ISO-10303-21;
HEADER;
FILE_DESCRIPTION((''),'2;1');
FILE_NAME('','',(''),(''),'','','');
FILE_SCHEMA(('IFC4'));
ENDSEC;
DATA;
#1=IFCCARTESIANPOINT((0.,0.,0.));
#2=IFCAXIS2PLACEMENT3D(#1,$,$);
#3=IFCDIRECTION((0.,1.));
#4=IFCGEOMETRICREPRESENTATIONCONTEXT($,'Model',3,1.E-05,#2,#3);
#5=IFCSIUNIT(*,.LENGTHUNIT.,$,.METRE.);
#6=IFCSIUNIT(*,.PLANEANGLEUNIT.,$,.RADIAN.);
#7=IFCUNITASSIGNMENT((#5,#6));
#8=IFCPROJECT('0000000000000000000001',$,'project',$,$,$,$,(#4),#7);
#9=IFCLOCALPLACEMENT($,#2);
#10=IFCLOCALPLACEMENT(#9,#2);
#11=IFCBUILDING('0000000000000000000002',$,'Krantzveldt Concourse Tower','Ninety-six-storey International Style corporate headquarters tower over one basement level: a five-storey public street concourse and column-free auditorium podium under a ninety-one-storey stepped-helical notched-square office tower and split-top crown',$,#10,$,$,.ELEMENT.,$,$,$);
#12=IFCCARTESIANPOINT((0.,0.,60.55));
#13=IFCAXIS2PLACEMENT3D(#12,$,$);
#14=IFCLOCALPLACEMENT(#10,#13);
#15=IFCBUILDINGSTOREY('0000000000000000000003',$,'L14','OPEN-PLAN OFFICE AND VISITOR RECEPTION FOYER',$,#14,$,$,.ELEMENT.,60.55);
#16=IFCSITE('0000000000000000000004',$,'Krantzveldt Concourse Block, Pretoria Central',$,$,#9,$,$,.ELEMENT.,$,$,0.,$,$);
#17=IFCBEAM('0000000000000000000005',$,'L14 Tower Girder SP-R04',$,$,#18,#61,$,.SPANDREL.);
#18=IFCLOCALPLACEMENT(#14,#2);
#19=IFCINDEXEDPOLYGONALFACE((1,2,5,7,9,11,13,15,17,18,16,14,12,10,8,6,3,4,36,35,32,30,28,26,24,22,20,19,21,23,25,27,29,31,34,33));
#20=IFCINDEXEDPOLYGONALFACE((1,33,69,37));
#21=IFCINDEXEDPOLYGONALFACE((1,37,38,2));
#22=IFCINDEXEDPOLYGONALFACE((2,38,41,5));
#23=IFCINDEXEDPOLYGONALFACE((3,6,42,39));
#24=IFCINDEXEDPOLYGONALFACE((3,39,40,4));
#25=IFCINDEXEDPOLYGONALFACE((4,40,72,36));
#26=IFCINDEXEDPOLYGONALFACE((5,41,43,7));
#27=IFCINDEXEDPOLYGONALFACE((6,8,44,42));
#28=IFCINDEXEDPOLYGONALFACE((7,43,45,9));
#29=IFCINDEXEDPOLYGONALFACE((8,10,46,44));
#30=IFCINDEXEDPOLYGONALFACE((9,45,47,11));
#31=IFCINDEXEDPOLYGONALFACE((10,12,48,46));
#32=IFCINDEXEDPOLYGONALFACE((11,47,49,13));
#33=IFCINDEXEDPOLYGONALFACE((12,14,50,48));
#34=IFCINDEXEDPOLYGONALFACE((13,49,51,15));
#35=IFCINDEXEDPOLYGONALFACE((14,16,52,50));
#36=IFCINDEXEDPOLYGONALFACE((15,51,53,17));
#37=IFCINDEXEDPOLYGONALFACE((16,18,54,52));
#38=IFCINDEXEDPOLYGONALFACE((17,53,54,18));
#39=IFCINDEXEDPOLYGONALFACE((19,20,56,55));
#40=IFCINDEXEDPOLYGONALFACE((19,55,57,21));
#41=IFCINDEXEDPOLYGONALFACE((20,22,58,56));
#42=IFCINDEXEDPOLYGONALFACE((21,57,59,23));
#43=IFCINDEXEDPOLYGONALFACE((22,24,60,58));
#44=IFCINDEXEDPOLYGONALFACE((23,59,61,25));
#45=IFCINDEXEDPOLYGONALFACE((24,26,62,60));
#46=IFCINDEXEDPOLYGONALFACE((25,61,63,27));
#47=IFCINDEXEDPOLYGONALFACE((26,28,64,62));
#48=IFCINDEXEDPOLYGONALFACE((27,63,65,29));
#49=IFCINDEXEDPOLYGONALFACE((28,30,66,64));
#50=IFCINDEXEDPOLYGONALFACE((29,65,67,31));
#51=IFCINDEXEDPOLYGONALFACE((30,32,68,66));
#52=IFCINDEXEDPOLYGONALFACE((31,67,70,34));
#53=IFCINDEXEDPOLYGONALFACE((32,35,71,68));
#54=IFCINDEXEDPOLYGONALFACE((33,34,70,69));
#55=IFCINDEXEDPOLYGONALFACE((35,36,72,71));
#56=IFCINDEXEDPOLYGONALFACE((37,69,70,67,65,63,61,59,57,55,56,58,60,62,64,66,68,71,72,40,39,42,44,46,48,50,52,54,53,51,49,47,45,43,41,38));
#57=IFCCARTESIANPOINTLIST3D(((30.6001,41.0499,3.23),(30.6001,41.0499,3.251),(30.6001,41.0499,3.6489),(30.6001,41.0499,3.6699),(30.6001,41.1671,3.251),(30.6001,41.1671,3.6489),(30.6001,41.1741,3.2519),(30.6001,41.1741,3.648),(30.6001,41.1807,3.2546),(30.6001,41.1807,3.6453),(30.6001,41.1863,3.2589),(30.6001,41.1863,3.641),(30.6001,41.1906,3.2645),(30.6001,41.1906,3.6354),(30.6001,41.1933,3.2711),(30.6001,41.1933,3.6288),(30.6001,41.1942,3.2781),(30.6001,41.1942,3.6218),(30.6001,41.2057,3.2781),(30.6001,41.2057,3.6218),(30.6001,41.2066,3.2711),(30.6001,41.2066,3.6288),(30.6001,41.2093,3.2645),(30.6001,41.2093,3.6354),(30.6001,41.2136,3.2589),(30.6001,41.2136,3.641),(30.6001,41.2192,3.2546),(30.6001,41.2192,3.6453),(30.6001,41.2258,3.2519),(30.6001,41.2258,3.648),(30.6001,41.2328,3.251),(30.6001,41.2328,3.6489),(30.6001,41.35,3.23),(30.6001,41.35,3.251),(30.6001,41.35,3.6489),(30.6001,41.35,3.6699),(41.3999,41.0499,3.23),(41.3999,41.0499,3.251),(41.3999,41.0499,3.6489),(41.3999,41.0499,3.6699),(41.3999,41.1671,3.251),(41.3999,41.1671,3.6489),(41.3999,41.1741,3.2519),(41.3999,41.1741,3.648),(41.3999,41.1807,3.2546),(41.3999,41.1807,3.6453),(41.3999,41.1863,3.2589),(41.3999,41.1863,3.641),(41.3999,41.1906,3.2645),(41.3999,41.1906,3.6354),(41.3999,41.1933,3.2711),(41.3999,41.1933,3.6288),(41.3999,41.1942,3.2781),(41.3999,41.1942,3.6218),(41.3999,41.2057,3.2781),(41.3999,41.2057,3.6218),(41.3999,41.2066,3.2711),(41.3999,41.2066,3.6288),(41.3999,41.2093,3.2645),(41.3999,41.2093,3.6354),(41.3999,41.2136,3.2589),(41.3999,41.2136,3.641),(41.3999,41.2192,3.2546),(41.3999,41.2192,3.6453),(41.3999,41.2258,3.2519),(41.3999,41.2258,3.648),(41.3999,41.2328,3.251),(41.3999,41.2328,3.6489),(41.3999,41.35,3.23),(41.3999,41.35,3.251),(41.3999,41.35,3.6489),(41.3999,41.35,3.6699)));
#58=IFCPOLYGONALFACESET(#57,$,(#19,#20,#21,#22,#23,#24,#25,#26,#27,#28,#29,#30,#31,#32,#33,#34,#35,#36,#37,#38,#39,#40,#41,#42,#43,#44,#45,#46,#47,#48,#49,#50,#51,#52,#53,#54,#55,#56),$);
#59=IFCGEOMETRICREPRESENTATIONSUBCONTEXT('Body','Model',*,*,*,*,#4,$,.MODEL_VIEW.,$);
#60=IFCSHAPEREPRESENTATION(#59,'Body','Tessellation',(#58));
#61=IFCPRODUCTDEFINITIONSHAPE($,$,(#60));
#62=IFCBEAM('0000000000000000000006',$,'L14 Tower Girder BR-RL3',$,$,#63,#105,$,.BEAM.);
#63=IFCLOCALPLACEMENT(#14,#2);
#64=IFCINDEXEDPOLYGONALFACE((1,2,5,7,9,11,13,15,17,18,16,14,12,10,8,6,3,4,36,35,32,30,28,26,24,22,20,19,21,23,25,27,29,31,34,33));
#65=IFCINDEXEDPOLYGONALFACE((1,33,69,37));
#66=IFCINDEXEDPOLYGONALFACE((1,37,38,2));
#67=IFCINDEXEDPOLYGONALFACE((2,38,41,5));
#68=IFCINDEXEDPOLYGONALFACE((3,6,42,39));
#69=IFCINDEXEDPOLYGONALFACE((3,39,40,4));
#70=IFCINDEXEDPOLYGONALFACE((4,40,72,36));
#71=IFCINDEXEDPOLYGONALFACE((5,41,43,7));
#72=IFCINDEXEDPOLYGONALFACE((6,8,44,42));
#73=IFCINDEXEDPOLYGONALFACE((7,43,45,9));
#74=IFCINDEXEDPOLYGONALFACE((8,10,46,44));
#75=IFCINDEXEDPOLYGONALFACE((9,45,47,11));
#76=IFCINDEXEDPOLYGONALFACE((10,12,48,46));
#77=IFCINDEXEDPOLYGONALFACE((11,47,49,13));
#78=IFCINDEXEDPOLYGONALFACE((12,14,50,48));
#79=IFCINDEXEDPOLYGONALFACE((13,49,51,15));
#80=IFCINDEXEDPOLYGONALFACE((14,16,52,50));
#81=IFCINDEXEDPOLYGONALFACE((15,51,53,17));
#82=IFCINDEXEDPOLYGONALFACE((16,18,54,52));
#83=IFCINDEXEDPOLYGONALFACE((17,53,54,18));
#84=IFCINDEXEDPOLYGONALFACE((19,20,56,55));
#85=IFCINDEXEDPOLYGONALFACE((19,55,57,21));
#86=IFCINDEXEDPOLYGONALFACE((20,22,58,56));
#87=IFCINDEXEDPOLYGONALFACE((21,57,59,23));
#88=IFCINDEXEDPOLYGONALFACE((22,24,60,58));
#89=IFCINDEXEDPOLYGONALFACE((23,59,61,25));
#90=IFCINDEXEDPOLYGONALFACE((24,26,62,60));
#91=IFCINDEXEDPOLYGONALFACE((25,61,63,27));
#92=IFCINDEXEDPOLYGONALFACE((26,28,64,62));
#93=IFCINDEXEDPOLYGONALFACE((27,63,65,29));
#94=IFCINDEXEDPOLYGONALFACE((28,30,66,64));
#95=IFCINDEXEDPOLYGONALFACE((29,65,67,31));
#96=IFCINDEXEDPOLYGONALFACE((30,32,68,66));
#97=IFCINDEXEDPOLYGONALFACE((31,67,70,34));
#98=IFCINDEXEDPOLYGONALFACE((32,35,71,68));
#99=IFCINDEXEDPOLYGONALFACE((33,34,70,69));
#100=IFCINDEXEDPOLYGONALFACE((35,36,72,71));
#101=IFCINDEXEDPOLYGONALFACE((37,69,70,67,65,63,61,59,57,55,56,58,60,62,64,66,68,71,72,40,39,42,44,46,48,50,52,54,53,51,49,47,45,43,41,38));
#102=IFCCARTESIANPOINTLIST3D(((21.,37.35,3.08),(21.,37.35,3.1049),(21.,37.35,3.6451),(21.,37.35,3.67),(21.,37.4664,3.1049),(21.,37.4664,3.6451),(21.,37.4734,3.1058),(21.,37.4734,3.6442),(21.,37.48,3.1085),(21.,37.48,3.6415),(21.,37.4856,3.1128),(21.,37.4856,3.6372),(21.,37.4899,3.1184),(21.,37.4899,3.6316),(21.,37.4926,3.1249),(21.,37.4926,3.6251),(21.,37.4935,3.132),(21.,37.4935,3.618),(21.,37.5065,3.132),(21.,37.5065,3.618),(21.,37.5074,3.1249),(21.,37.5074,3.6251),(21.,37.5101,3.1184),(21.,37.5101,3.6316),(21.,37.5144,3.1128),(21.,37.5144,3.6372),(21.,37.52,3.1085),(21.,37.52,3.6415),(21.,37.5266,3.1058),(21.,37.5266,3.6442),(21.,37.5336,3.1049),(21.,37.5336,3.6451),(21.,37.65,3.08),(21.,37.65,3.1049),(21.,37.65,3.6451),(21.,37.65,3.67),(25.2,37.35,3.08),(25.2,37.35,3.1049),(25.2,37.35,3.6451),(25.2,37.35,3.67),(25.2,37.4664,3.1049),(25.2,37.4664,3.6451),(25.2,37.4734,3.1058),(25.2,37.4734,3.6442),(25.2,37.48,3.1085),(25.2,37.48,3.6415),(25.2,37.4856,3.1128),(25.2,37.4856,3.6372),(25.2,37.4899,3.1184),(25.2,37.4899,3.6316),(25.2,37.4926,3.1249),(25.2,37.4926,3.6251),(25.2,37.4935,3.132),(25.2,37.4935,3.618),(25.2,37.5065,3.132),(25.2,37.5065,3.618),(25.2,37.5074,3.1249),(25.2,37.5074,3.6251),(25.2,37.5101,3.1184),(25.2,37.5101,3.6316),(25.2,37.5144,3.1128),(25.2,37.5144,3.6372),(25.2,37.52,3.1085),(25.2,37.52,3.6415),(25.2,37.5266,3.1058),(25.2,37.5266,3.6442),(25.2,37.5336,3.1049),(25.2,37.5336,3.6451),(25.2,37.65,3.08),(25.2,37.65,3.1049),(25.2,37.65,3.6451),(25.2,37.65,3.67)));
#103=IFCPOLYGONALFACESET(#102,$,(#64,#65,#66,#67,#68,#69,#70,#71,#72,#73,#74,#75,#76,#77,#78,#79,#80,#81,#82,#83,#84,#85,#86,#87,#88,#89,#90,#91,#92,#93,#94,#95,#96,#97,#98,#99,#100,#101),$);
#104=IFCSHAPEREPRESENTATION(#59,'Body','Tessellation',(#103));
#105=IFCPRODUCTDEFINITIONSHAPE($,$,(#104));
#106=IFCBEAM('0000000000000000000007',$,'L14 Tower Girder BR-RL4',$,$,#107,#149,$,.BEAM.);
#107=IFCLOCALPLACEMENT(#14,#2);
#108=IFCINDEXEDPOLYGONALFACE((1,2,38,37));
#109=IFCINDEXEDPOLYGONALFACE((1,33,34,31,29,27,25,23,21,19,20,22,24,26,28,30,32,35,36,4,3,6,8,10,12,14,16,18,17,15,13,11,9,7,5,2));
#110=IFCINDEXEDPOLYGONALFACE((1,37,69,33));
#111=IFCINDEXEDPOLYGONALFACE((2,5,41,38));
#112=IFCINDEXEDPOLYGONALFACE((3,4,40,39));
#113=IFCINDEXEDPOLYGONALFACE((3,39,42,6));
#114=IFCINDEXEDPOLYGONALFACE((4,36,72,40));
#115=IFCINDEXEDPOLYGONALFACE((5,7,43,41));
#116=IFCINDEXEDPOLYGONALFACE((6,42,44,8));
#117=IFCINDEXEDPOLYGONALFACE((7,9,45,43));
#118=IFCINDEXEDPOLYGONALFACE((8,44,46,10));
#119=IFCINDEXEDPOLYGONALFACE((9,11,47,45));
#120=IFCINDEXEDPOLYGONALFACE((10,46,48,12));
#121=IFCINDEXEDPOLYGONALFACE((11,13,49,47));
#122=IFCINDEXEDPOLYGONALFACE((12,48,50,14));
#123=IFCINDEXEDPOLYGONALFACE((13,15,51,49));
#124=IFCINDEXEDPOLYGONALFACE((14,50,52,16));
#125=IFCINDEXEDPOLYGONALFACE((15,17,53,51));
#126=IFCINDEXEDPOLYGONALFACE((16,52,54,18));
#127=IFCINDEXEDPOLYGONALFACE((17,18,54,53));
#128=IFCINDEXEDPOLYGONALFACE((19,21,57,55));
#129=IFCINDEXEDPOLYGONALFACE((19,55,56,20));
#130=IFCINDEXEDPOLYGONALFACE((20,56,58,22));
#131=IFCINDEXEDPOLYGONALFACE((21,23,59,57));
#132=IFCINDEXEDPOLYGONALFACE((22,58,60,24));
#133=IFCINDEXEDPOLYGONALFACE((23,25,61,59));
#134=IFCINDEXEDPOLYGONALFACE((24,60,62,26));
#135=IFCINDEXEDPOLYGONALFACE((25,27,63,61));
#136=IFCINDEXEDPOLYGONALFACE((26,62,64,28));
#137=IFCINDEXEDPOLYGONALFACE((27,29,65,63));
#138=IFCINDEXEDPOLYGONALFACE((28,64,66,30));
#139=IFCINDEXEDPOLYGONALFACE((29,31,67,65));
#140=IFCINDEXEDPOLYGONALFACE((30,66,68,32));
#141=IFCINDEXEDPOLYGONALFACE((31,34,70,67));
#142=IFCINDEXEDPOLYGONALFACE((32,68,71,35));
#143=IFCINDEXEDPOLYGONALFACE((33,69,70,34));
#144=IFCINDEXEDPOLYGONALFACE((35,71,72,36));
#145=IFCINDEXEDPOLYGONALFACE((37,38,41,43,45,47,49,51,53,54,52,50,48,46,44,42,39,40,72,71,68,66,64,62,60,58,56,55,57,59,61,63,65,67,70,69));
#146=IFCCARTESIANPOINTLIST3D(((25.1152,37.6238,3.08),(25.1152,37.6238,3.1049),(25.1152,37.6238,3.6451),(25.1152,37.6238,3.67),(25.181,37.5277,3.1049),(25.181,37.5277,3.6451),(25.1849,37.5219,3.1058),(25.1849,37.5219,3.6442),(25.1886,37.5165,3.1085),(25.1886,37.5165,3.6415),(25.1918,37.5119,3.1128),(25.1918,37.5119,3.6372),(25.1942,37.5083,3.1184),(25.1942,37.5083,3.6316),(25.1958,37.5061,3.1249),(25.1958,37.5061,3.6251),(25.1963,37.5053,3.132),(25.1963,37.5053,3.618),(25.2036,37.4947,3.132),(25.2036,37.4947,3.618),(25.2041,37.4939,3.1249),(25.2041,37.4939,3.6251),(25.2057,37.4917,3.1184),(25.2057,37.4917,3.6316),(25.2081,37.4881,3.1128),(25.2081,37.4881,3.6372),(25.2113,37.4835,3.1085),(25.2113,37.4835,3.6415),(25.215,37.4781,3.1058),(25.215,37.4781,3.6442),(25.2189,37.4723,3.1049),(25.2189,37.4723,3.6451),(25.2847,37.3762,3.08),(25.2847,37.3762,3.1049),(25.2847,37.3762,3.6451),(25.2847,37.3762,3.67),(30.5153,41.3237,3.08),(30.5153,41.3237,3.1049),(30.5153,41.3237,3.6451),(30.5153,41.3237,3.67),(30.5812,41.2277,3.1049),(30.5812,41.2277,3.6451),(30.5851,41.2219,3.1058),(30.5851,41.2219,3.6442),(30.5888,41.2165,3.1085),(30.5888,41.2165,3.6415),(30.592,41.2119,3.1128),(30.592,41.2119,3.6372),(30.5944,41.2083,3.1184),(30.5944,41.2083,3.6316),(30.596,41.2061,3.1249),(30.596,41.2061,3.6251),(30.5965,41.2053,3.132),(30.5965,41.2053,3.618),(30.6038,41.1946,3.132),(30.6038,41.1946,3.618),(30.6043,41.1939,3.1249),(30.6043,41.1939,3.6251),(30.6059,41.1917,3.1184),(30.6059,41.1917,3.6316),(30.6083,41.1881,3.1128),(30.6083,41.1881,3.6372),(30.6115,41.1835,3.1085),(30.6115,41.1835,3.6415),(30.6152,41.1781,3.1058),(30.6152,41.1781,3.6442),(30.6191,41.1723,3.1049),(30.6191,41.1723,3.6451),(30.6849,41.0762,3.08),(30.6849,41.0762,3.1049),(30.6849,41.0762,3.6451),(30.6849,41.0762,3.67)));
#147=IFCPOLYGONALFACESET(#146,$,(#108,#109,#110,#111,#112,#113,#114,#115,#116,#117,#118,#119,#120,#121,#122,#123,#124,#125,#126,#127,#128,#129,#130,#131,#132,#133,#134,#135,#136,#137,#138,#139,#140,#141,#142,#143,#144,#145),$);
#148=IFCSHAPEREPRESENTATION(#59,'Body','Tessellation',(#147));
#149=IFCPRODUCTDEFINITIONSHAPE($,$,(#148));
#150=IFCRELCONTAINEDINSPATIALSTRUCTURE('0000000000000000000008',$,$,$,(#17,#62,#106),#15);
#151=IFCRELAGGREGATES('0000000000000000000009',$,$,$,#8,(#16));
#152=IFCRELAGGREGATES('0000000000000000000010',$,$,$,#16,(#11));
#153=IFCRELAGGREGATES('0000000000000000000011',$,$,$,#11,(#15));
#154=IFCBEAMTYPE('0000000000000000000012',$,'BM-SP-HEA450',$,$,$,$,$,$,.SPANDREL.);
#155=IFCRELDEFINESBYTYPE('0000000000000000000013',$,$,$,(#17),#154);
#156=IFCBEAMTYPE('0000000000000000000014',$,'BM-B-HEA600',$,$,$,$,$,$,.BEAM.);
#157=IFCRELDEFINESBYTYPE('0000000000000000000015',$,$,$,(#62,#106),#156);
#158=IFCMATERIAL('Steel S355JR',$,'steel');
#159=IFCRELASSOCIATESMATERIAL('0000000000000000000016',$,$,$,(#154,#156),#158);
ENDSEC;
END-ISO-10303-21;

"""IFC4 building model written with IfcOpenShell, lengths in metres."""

from ifc_helpers import new_model, si_unit, direction, frame, origin, origin_2d, place, context, subcontext, project, spatial, i_section, extrude, source, transform, mapped, material, material_profile, profile_set, type_object, type_shapes, element, save


model = new_model("IFC4")

# Units and contexts
model_context = context("Model", 3, precision=1e-05, world=origin(), true_north=direction((0.0, 1.0)))
body_context = subcontext(model_context, "Body", "Model", "MODEL_VIEW")
ifc_project = project(units=[si_unit("LENGTHUNIT", "METRE"), si_unit("PLANEANGLEUNIT", "RADIAN")], contexts=[model_context])

# Site, building, storey
site_placement = place(None, origin())
site = spatial("IfcSite", under=ifc_project, at=site_placement, Name="Krantzveldt Concourse Block, Pretoria Central", CompositionType="ELEMENT", RefElevation=0.0)
building_placement = place(site_placement, origin())
building = spatial("IfcBuilding", under=site, at=building_placement, Name="Krantzveldt Concourse Tower", Description="Ninety-six-storey International Style corporate headquarters tower over one basement level: a five-storey public street concourse and column-free auditorium podium under a ninety-one-storey stepped-helical notched-square office tower and split-top crown", CompositionType="ELEMENT")
storey_placement = place(building_placement, frame((0.0, 0.0, 60.55)))
storey = spatial("IfcBuildingStorey", under=building, at=storey_placement, Name="L14", Description="OPEN-PLAN OFFICE AND VISITOR RECEPTION FOYER", CompositionType="ELEMENT", Elevation=60.55)

# Beams
ifc_material_1 = material(Name="Steel S355JR", Category="steel")
ifc_material_profile_1 = material_profile(ifc_material_1, i_section(OverallWidth=0.3, OverallDepth=0.4399, WebThickness=0.0115, FlangeThickness=0.021, FilletRadius=0.0271, at=origin_2d()), Name="Steel S355JR", Category="steel")
ifc_profile_set_1 = profile_set([ifc_material_profile_1], Name="Steel S355JR - HEA 450")
beam_type_1 = type_object("IfcBeamType", Name="BM-SP-HEA450", PredefinedType="SPANDREL", material=ifc_profile_set_1)
shared_shape_1 = source(origin(), body_context, "Body", "SweptSolid", [
    extrude(i_section(OverallWidth=0.3, OverallDepth=0.4399, WebThickness=0.0115, FlangeThickness=0.021, FilletRadius=0.0271, at=origin_2d()), origin(), (0.0, 0.0, 1.0), 10.7998),
])
beam_1_placement = place(storey_placement, frame((30.6001, 41.2, 3.45), z_axis=(1.0, 0.0, 0.0), x_axis=(0.0, 1.0, 0.0)))
element("IfcBeam", 1, at=beam_1_placement, inside=storey, type_object=beam_type_1, Name="L14 Tower Girder SP-R04", PredefinedType="SPANDREL", context=body_context, shape_type="MappedRepresentation", body=[
    mapped(shared_shape_1, transform((0.0, 0.0, 0.0), x_axis=(1.0, 0.0, 0.0), y_axis=(0.0, 1.0, 0.0), z_axis=(0.0, 0.0, 1.0), scale=1.0)),
])
ifc_material_profile_2 = material_profile(ifc_material_1, i_section(OverallWidth=0.3, OverallDepth=0.5901, WebThickness=0.0129, FlangeThickness=0.0249, FilletRadius=0.0271, at=origin_2d()), Name="Steel S355JR", Category="steel")
ifc_profile_set_2 = profile_set([ifc_material_profile_2], Name="Steel S355JR - HEA 600")
beam_type_2 = type_object("IfcBeamType", Name="BM-B-HEA600", PredefinedType="BEAM", material=ifc_profile_set_2)
shared_shape_2 = source(origin(), body_context, "Body", "SweptSolid", [
    extrude(i_section(OverallWidth=0.3, OverallDepth=0.5901, WebThickness=0.0129, FlangeThickness=0.0249, FilletRadius=0.0271, at=origin_2d()), origin(), (0.0, 0.0, 1.0), 4.2),
])
beam_2_placement = place(storey_placement, frame((21.0, 37.5, 3.375), z_axis=(1.0, 0.0, 0.0), x_axis=(0.0, 1.0, 0.0)))
element("IfcBeam", 2, at=beam_2_placement, inside=storey, type_object=beam_type_2, Name="L14 Tower Girder BR-RL3", PredefinedType="BEAM", context=body_context, shape_type="MappedRepresentation", body=[
    mapped(shared_shape_2, transform((0.0, 0.0, 0.0), x_axis=(1.0, 0.0, 0.0), y_axis=(0.0, 1.0, 0.0), z_axis=(0.0, 0.0, 1.0), scale=1.0)),
])
shared_shape_3 = source(origin(), body_context, "Body", "SweptSolid", [
    extrude(i_section(OverallWidth=0.3, OverallDepth=0.5901, WebThickness=0.0129, FlangeThickness=0.0249, FilletRadius=0.0271, at=origin_2d()), origin(), (0.0, 0.0, 1.0), 6.5461),
])
type_shapes(beam_type_2, [shared_shape_2, shared_shape_3])
beam_3_placement = place(storey_placement, frame((25.2, 37.5, 3.375), z_axis=(0.824943, 0.565216, 0.0), x_axis=(-0.565216, 0.824943, 0.0)))
element("IfcBeam", 3, at=beam_3_placement, inside=storey, type_object=beam_type_2, Name="L14 Tower Girder BR-RL4", PredefinedType="BEAM", context=body_context, shape_type="MappedRepresentation", body=[
    mapped(shared_shape_3, transform((0.0, 0.0, 0.0), x_axis=(1.0, 0.0, 0.0), y_axis=(0.0, 1.0, 0.0), z_axis=(0.0, 0.0, 1.0), scale=1.0)),
])

save(model, "model.ifc")
